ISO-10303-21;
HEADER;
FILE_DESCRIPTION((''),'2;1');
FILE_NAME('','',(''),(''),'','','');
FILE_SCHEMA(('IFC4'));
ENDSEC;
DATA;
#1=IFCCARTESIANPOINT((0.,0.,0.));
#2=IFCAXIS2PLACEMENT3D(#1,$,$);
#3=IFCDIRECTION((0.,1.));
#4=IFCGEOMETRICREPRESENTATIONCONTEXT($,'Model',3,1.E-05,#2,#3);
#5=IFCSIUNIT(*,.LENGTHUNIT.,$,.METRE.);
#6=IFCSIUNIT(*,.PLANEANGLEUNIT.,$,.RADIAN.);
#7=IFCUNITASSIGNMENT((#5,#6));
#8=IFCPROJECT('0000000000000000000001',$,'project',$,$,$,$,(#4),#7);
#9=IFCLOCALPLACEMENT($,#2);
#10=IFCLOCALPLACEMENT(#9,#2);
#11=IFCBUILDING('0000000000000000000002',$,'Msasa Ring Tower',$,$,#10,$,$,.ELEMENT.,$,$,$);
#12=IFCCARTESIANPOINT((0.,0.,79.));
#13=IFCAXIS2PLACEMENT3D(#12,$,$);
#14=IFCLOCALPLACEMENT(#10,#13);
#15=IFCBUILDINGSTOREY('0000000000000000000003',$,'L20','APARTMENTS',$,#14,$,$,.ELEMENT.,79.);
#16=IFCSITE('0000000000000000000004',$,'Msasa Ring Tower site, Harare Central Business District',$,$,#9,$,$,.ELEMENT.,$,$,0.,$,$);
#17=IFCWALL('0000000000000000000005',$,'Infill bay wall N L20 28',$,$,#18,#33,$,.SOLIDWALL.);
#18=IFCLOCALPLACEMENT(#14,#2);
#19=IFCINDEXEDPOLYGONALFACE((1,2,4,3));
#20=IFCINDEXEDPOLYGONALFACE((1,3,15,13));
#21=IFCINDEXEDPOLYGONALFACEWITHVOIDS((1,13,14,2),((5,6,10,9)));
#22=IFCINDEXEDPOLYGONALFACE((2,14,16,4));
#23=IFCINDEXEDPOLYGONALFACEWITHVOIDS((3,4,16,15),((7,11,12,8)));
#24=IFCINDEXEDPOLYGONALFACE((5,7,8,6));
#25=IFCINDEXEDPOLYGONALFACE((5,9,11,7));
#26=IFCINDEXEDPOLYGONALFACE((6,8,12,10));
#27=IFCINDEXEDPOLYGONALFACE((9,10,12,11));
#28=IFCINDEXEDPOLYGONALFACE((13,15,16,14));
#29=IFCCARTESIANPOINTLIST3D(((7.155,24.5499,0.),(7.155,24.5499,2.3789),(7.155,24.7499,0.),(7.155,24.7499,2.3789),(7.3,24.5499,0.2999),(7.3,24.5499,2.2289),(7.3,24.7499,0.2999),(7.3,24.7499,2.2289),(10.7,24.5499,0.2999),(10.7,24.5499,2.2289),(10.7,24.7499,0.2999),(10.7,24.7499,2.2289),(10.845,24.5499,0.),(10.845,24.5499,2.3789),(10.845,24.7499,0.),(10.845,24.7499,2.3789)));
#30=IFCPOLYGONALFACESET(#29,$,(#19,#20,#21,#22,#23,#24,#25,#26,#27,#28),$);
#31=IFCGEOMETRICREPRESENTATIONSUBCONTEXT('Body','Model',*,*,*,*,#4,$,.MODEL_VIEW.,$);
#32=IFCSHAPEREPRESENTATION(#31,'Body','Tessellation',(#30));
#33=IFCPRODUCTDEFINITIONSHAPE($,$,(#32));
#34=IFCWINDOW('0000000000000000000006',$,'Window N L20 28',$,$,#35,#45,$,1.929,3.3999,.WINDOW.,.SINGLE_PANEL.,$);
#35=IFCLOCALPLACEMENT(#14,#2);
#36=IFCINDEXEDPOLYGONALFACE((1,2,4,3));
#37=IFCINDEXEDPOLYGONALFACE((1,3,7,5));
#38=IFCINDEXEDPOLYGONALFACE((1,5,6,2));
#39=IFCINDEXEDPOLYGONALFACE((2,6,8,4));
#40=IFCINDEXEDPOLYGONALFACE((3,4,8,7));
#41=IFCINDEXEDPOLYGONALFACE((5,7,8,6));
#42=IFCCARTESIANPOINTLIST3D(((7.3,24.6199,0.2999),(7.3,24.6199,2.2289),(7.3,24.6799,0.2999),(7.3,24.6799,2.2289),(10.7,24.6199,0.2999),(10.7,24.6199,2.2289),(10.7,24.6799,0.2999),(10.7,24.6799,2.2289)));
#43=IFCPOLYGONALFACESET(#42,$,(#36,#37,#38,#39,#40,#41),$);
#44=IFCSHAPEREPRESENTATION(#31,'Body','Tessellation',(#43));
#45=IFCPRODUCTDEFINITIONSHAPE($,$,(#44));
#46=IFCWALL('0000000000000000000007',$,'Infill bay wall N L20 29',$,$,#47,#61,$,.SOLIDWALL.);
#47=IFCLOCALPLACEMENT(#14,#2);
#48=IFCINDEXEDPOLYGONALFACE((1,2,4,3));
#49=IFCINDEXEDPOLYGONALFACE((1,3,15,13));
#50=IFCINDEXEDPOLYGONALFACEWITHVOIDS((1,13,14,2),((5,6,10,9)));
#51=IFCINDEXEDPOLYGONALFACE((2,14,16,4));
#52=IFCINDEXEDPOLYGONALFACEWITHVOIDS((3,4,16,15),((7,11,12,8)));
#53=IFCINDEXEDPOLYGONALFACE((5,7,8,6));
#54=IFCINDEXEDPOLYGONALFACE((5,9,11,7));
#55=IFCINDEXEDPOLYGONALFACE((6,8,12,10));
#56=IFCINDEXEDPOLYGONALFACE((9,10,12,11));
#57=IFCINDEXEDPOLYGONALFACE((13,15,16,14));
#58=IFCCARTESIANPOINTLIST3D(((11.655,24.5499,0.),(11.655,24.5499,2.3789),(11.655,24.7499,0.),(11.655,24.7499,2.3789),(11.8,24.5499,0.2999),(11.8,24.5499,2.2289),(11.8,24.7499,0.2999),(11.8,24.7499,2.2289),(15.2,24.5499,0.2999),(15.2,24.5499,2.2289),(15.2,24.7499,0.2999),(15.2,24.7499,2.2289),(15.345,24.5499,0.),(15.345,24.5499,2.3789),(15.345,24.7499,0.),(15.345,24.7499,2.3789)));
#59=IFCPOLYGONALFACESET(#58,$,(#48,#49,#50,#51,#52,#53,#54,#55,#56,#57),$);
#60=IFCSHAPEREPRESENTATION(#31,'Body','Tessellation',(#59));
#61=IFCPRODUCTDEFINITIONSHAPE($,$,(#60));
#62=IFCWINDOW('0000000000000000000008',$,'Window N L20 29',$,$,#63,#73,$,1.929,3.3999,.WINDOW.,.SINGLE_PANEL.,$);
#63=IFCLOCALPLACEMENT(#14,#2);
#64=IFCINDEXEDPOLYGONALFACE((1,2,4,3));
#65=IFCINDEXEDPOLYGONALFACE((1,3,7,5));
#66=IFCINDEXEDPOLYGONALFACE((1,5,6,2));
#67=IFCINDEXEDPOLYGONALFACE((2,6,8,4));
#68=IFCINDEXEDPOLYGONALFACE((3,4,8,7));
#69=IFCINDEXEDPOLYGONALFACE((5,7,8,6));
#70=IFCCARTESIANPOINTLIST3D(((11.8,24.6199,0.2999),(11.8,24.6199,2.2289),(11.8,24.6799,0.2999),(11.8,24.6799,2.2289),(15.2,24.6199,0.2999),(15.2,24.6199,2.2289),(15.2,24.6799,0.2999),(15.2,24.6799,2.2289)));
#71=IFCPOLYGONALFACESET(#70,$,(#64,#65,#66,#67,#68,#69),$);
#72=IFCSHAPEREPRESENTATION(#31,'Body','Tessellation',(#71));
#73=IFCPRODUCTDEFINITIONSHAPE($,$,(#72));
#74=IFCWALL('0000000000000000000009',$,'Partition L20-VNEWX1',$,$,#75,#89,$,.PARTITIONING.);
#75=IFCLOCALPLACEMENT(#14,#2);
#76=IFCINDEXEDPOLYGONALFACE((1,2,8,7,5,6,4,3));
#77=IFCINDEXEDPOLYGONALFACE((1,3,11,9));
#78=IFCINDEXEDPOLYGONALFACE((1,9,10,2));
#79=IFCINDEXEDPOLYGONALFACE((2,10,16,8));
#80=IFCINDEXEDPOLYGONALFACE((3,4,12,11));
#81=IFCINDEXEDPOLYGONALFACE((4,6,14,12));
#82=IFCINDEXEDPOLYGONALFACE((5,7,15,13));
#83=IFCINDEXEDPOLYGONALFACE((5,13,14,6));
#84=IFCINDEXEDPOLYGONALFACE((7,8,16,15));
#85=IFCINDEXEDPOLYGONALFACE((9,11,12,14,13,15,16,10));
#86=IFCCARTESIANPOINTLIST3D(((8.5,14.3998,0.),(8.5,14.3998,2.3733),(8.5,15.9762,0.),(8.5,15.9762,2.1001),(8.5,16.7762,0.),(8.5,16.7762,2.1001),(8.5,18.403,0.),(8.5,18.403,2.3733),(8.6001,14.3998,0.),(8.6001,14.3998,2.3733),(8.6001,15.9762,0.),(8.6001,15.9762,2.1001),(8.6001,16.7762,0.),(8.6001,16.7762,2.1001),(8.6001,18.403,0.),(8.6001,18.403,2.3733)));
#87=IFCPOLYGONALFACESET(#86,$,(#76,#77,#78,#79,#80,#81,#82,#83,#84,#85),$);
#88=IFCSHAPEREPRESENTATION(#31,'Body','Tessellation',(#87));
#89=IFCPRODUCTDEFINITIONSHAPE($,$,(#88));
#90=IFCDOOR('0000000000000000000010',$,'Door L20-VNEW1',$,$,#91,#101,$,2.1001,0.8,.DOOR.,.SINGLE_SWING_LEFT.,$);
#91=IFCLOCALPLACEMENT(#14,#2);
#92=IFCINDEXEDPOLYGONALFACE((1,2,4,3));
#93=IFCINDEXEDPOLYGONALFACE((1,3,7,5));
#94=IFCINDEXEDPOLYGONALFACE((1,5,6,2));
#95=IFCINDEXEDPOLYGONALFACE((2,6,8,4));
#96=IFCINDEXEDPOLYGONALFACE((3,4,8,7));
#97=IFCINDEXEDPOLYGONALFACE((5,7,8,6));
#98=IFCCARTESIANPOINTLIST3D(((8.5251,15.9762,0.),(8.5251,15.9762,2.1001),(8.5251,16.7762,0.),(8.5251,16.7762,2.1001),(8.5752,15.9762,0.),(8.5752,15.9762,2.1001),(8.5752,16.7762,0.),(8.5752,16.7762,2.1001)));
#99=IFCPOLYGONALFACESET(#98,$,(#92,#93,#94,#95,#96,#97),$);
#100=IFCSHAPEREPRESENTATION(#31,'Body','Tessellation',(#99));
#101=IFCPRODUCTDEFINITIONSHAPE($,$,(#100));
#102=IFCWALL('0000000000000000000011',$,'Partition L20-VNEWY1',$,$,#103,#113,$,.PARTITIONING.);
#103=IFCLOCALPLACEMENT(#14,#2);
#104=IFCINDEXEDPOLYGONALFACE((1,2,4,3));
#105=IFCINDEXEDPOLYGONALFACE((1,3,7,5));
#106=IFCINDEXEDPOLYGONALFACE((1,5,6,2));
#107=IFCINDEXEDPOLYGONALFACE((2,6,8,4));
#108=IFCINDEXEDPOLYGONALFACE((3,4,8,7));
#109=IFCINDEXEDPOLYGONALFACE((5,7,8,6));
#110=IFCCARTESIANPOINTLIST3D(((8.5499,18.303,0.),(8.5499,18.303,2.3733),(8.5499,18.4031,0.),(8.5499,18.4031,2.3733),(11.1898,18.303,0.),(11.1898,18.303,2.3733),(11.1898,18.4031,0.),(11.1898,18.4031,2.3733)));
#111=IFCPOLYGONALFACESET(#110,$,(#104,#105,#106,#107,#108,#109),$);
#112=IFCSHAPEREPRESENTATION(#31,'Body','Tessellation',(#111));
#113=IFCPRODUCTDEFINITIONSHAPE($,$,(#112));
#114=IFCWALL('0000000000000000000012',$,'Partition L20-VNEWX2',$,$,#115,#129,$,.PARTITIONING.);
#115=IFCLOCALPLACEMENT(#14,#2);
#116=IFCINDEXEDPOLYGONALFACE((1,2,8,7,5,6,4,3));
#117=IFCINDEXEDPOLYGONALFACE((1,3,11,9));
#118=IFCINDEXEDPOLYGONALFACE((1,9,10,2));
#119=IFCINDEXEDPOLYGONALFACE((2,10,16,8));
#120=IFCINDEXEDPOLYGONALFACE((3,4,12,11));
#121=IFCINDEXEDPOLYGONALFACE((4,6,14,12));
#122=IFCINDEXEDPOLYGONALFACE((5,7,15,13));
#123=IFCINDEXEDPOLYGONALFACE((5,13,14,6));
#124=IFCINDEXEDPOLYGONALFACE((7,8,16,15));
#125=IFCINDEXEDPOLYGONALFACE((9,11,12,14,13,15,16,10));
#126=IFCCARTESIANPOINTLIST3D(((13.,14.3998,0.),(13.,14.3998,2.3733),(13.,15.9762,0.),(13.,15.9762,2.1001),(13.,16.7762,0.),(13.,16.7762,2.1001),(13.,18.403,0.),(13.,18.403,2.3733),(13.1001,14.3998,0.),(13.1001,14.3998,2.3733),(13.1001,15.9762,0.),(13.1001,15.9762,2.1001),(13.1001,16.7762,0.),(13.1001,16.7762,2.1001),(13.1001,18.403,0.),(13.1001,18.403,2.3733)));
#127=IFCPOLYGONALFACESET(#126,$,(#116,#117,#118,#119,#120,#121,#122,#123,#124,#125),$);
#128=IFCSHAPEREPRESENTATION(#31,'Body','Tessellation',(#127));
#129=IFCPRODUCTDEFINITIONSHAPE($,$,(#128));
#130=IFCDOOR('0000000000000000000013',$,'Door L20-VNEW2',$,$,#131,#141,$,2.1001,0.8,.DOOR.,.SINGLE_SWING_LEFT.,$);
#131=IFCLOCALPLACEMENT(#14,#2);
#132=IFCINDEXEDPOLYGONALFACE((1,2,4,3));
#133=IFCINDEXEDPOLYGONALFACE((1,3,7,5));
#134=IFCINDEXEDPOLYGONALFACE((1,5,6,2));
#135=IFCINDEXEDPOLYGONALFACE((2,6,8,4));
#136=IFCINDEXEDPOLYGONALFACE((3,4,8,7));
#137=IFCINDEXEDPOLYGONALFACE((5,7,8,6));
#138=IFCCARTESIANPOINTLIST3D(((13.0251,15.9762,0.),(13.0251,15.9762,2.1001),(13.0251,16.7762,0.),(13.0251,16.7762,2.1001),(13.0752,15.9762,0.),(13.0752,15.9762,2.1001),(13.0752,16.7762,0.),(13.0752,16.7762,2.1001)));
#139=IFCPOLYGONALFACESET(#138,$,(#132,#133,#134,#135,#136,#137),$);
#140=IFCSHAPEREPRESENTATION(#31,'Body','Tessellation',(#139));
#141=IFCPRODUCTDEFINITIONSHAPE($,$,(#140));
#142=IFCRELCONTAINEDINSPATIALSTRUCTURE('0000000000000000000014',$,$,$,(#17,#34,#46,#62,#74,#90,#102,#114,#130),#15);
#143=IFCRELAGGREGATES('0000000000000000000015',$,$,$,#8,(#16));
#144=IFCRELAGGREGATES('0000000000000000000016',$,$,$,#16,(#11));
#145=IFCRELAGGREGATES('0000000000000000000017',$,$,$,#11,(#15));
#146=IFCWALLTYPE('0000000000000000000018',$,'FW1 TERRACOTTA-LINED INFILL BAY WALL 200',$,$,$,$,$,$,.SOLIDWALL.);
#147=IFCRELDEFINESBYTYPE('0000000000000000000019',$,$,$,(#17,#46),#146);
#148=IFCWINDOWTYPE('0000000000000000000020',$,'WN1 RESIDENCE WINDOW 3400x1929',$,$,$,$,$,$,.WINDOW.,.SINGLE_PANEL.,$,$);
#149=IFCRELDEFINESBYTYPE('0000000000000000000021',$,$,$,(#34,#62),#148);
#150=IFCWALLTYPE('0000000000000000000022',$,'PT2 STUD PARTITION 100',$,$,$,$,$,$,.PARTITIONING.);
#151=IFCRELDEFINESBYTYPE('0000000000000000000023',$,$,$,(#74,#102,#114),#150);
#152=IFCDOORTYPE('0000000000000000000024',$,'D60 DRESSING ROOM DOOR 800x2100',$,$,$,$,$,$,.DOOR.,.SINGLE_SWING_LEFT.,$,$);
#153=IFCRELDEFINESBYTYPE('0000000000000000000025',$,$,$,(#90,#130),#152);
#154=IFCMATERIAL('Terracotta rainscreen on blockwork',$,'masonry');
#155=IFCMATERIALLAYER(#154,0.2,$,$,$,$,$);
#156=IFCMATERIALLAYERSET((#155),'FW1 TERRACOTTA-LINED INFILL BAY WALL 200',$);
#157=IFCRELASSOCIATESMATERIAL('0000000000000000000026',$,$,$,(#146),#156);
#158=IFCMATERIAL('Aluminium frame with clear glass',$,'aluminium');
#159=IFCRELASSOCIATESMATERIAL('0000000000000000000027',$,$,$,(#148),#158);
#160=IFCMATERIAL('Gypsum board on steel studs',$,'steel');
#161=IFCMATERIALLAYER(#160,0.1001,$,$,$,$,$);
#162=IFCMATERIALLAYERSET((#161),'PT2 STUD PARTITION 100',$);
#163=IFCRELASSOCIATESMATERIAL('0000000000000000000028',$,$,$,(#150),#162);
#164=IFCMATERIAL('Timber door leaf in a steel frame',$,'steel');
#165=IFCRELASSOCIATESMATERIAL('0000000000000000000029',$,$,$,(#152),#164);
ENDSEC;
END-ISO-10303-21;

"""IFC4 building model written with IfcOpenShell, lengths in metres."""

from ifc_helpers import new_model, si_unit, direction, frame, frame_2d, origin, place, context, subcontext, project, spatial, rectangle, extrude, material, layer, layer_set, type_object, element, fill, save


model = new_model("IFC4")

# Units and contexts
model_context = context("Model", 3, precision=1e-05, world=origin(), true_north=direction((0.0, 1.0)))
body_context = subcontext(model_context, "Body", "Model", "MODEL_VIEW")
ifc_project = project(units=[si_unit("LENGTHUNIT", "METRE"), si_unit("PLANEANGLEUNIT", "RADIAN")], contexts=[model_context])

# Site, building, storey
site_placement = place(None, origin())
site = spatial("IfcSite", under=ifc_project, at=site_placement, Name="Msasa Ring Tower site, Harare Central Business District", CompositionType="ELEMENT", RefElevation=0.0)
building_placement = place(site_placement, origin())
building = spatial("IfcBuilding", under=site, at=building_placement, Name="Msasa Ring Tower", CompositionType="ELEMENT")
storey_placement = place(building_placement, frame((0.0, 0.0, 79.0)))
storey = spatial("IfcBuildingStorey", under=building, at=storey_placement, Name="L20", Description="APARTMENTS", CompositionType="ELEMENT", Elevation=79.0)

# Walls, openings, windows
ifc_material_1 = material(Name="Terracotta rainscreen on blockwork", Category="masonry")
ifc_layer_1 = layer(ifc_material_1, 0.2)
ifc_layer_set_1 = layer_set([ifc_layer_1], Name="FW1 TERRACOTTA-LINED INFILL BAY WALL 200")
wall_type_1 = type_object("IfcWallType", Name="FW1 TERRACOTTA-LINED INFILL BAY WALL 200", PredefinedType="SOLIDWALL", material=ifc_layer_set_1)
ifc_material_2 = material(Name="Aluminium frame with clear glass", Category="aluminium")
window_type = type_object("IfcWindowType", Name="WN1 RESIDENCE WINDOW 3400x1929", PartitioningType="SINGLE_PANEL", PredefinedType="WINDOW", material=ifc_material_2)
wall_1_placement = place(storey_placement, frame((7.155, 24.6499, 0.0), z_axis=(0.0, 0.0, 1.0), x_axis=(1.0, 0.0, 0.0)))
wall_1 = element("IfcWall", 1, at=wall_1_placement, inside=storey, type_object=wall_type_1, Name="Infill bay wall N L20 28", PredefinedType="SOLIDWALL", context=body_context, shape_type="SweptSolid", body=[
    extrude(rectangle(XDim=3.6899, YDim=0.2, at=frame_2d((1.845, 0.0))), origin(), (0.0, 0.0, 1.0), 2.3789),
])
opening_1_placement = place(wall_1_placement, frame((0.145, 0.0, 0.3)))
opening_1 = element("IfcOpeningElement", 2, at=opening_1_placement, cuts=wall_1, PredefinedType="OPENING", context=body_context, shape_type="SweptSolid", body=[
    extrude(rectangle(XDim=3.3999, YDim=1.929, at=frame_2d((1.7, 0.9644))), frame((0.0, 0.1099, 0.0), z_axis=(0.0, -1.0, 0.0), x_axis=(1.0, 0.0, 0.0)), (0.0, 0.0, 1.0), 0.22),
])
window_1_placement = place(opening_1_placement, origin())
window_1 = element("IfcWindow", 3, at=window_1_placement, inside=storey, type_object=window_type, Name="Window N L20 28", OverallHeight=1.929, OverallWidth=3.3999, PartitioningType="SINGLE_PANEL", PredefinedType="WINDOW", context=body_context, shape_type="SweptSolid", body=[
    extrude(rectangle(XDim=3.3999, YDim=1.929, at=frame_2d((1.7, 0.9644))), frame((0.0, 0.03, 0.0), z_axis=(0.0, -1.0, 0.0), x_axis=(1.0, 0.0, 0.0)), (0.0, 0.0, 1.0), 0.0601),
])
fill(opening_1, window_1)
wall_2_placement = place(storey_placement, frame((11.655, 24.6499, 0.0), z_axis=(0.0, 0.0, 1.0), x_axis=(1.0, 0.0, 0.0)))
wall_2 = element("IfcWall", 4, at=wall_2_placement, inside=storey, type_object=wall_type_1, Name="Infill bay wall N L20 29", PredefinedType="SOLIDWALL", context=body_context, shape_type="SweptSolid", body=[
    extrude(rectangle(XDim=3.6899, YDim=0.2, at=frame_2d((1.845, 0.0))), origin(), (0.0, 0.0, 1.0), 2.3789),
])
opening_2_placement = place(wall_2_placement, frame((0.145, 0.0, 0.3)))
opening_2 = element("IfcOpeningElement", 5, at=opening_2_placement, cuts=wall_2, PredefinedType="OPENING", context=body_context, shape_type="SweptSolid", body=[
    extrude(rectangle(XDim=3.3999, YDim=1.929, at=frame_2d((1.7, 0.9644))), frame((0.0, 0.1099, 0.0), z_axis=(0.0, -1.0, 0.0), x_axis=(1.0, 0.0, 0.0)), (0.0, 0.0, 1.0), 0.22),
])
window_2_placement = place(opening_2_placement, origin())
window_2 = element("IfcWindow", 6, at=window_2_placement, inside=storey, type_object=window_type, Name="Window N L20 29", OverallHeight=1.929, OverallWidth=3.3999, PartitioningType="SINGLE_PANEL", PredefinedType="WINDOW", context=body_context, shape_type="SweptSolid", body=[
    extrude(rectangle(XDim=3.3999, YDim=1.929, at=frame_2d((1.7, 0.9644))), frame((0.0, 0.03, 0.0), z_axis=(0.0, -1.0, 0.0), x_axis=(1.0, 0.0, 0.0)), (0.0, 0.0, 1.0), 0.0601),
])
fill(opening_2, window_2)

# Wall, opening, door
ifc_material_3 = material(Name="Gypsum board on steel studs", Category="steel")
ifc_layer_2 = layer(ifc_material_3, 0.1001)
ifc_layer_set_2 = layer_set([ifc_layer_2], Name="PT2 STUD PARTITION 100")
wall_type_2 = type_object("IfcWallType", Name="PT2 STUD PARTITION 100", PredefinedType="PARTITIONING", material=ifc_layer_set_2)
wall_3_placement = place(storey_placement, frame((8.55, 14.3999, 0.0), z_axis=(0.0, 0.0, 1.0), x_axis=(0.0, 1.0, 0.0)))
wall_3 = element("IfcWall", 7, at=wall_3_placement, inside=storey, type_object=wall_type_2, Name="Partition L20-VNEWX1", PredefinedType="PARTITIONING", context=body_context, shape_type="SweptSolid", body=[
    extrude(rectangle(XDim=4.0032, YDim=0.1001, at=frame_2d((2.0015, 0.0))), origin(), (0.0, 0.0, 1.0), 2.3733),
])
opening_3_placement = place(wall_3_placement, frame((1.5764, 0.0, 0.0)))
opening_3 = element("IfcOpeningElement", 8, at=opening_3_placement, cuts=wall_3, PredefinedType="OPENING", context=body_context, shape_type="SweptSolid", body=[
    extrude(rectangle(XDim=0.8, YDim=2.1001, at=frame_2d((0.3999, 1.05))), frame((0.0, 0.0601, 0.0), z_axis=(0.0, -1.0, 0.0), x_axis=(1.0, 0.0, 0.0)), (0.0, 0.0, 1.0), 0.1201),
])
ifc_material_4 = material(Name="Timber door leaf in a steel frame", Category="steel")
door_type = type_object("IfcDoorType", Name="D60 DRESSING ROOM DOOR 800x2100", OperationType="SINGLE_SWING_LEFT", PredefinedType="DOOR", material=ifc_material_4)
door_1_placement = place(opening_3_placement, origin())
door_1 = element("IfcDoor", 9, at=door_1_placement, inside=storey, type_object=door_type, Name="Door L20-VNEW1", OperationType="SINGLE_SWING_LEFT", OverallHeight=2.1001, OverallWidth=0.8, PredefinedType="DOOR", context=body_context, shape_type="SweptSolid", body=[
    extrude(rectangle(XDim=0.8, YDim=2.1001, at=frame_2d((0.3999, 1.05))), frame((0.0, 0.0249, 0.0), z_axis=(0.0, -1.0, 0.0), x_axis=(1.0, 0.0, 0.0)), (0.0, 0.0, 1.0), 0.05),
])
fill(opening_3, door_1)

# Wall
wall_4_placement = place(storey_placement, frame((8.55, 18.353, 0.0), z_axis=(0.0, 0.0, 1.0), x_axis=(1.0, 0.0, 0.0)))
element("IfcWall", 10, at=wall_4_placement, inside=storey, type_object=wall_type_2, Name="Partition L20-VNEWY1", PredefinedType="PARTITIONING", context=body_context, shape_type="SweptSolid", body=[
    extrude(rectangle(XDim=2.6399, YDim=0.1001, at=frame_2d((1.3198, 0.0))), origin(), (0.0, 0.0, 1.0), 2.3733),
])

# Wall, opening, door
wall_5_placement = place(storey_placement, frame((13.05, 14.3999, 0.0), z_axis=(0.0, 0.0, 1.0), x_axis=(0.0, 1.0, 0.0)))
wall_5 = element("IfcWall", 11, at=wall_5_placement, inside=storey, type_object=wall_type_2, Name="Partition L20-VNEWX2", PredefinedType="PARTITIONING", context=body_context, shape_type="SweptSolid", body=[
    extrude(rectangle(XDim=4.0032, YDim=0.1001, at=frame_2d((2.0015, 0.0))), origin(), (0.0, 0.0, 1.0), 2.3733),
])
opening_4_placement = place(wall_5_placement, frame((1.5764, 0.0, 0.0)))
opening_4 = element("IfcOpeningElement", 12, at=opening_4_placement, cuts=wall_5, PredefinedType="OPENING", context=body_context, shape_type="SweptSolid", body=[
    extrude(rectangle(XDim=0.8, YDim=2.1001, at=frame_2d((0.3999, 1.05))), frame((0.0, 0.0601, 0.0), z_axis=(0.0, -1.0, 0.0), x_axis=(1.0, 0.0, 0.0)), (0.0, 0.0, 1.0), 0.1201),
])
door_2_placement = place(opening_4_placement, origin())
door_2 = element("IfcDoor", 13, at=door_2_placement, inside=storey, type_object=door_type, Name="Door L20-VNEW2", OperationType="SINGLE_SWING_LEFT", OverallHeight=2.1001, OverallWidth=0.8, PredefinedType="DOOR", context=body_context, shape_type="SweptSolid", body=[
    extrude(rectangle(XDim=0.8, YDim=2.1001, at=frame_2d((0.3999, 1.05))), frame((0.0, 0.0249, 0.0), z_axis=(0.0, -1.0, 0.0), x_axis=(1.0, 0.0, 0.0)), (0.0, 0.0, 1.0), 0.05),
])
fill(opening_4, door_2)

save(model, "model.ifc")
